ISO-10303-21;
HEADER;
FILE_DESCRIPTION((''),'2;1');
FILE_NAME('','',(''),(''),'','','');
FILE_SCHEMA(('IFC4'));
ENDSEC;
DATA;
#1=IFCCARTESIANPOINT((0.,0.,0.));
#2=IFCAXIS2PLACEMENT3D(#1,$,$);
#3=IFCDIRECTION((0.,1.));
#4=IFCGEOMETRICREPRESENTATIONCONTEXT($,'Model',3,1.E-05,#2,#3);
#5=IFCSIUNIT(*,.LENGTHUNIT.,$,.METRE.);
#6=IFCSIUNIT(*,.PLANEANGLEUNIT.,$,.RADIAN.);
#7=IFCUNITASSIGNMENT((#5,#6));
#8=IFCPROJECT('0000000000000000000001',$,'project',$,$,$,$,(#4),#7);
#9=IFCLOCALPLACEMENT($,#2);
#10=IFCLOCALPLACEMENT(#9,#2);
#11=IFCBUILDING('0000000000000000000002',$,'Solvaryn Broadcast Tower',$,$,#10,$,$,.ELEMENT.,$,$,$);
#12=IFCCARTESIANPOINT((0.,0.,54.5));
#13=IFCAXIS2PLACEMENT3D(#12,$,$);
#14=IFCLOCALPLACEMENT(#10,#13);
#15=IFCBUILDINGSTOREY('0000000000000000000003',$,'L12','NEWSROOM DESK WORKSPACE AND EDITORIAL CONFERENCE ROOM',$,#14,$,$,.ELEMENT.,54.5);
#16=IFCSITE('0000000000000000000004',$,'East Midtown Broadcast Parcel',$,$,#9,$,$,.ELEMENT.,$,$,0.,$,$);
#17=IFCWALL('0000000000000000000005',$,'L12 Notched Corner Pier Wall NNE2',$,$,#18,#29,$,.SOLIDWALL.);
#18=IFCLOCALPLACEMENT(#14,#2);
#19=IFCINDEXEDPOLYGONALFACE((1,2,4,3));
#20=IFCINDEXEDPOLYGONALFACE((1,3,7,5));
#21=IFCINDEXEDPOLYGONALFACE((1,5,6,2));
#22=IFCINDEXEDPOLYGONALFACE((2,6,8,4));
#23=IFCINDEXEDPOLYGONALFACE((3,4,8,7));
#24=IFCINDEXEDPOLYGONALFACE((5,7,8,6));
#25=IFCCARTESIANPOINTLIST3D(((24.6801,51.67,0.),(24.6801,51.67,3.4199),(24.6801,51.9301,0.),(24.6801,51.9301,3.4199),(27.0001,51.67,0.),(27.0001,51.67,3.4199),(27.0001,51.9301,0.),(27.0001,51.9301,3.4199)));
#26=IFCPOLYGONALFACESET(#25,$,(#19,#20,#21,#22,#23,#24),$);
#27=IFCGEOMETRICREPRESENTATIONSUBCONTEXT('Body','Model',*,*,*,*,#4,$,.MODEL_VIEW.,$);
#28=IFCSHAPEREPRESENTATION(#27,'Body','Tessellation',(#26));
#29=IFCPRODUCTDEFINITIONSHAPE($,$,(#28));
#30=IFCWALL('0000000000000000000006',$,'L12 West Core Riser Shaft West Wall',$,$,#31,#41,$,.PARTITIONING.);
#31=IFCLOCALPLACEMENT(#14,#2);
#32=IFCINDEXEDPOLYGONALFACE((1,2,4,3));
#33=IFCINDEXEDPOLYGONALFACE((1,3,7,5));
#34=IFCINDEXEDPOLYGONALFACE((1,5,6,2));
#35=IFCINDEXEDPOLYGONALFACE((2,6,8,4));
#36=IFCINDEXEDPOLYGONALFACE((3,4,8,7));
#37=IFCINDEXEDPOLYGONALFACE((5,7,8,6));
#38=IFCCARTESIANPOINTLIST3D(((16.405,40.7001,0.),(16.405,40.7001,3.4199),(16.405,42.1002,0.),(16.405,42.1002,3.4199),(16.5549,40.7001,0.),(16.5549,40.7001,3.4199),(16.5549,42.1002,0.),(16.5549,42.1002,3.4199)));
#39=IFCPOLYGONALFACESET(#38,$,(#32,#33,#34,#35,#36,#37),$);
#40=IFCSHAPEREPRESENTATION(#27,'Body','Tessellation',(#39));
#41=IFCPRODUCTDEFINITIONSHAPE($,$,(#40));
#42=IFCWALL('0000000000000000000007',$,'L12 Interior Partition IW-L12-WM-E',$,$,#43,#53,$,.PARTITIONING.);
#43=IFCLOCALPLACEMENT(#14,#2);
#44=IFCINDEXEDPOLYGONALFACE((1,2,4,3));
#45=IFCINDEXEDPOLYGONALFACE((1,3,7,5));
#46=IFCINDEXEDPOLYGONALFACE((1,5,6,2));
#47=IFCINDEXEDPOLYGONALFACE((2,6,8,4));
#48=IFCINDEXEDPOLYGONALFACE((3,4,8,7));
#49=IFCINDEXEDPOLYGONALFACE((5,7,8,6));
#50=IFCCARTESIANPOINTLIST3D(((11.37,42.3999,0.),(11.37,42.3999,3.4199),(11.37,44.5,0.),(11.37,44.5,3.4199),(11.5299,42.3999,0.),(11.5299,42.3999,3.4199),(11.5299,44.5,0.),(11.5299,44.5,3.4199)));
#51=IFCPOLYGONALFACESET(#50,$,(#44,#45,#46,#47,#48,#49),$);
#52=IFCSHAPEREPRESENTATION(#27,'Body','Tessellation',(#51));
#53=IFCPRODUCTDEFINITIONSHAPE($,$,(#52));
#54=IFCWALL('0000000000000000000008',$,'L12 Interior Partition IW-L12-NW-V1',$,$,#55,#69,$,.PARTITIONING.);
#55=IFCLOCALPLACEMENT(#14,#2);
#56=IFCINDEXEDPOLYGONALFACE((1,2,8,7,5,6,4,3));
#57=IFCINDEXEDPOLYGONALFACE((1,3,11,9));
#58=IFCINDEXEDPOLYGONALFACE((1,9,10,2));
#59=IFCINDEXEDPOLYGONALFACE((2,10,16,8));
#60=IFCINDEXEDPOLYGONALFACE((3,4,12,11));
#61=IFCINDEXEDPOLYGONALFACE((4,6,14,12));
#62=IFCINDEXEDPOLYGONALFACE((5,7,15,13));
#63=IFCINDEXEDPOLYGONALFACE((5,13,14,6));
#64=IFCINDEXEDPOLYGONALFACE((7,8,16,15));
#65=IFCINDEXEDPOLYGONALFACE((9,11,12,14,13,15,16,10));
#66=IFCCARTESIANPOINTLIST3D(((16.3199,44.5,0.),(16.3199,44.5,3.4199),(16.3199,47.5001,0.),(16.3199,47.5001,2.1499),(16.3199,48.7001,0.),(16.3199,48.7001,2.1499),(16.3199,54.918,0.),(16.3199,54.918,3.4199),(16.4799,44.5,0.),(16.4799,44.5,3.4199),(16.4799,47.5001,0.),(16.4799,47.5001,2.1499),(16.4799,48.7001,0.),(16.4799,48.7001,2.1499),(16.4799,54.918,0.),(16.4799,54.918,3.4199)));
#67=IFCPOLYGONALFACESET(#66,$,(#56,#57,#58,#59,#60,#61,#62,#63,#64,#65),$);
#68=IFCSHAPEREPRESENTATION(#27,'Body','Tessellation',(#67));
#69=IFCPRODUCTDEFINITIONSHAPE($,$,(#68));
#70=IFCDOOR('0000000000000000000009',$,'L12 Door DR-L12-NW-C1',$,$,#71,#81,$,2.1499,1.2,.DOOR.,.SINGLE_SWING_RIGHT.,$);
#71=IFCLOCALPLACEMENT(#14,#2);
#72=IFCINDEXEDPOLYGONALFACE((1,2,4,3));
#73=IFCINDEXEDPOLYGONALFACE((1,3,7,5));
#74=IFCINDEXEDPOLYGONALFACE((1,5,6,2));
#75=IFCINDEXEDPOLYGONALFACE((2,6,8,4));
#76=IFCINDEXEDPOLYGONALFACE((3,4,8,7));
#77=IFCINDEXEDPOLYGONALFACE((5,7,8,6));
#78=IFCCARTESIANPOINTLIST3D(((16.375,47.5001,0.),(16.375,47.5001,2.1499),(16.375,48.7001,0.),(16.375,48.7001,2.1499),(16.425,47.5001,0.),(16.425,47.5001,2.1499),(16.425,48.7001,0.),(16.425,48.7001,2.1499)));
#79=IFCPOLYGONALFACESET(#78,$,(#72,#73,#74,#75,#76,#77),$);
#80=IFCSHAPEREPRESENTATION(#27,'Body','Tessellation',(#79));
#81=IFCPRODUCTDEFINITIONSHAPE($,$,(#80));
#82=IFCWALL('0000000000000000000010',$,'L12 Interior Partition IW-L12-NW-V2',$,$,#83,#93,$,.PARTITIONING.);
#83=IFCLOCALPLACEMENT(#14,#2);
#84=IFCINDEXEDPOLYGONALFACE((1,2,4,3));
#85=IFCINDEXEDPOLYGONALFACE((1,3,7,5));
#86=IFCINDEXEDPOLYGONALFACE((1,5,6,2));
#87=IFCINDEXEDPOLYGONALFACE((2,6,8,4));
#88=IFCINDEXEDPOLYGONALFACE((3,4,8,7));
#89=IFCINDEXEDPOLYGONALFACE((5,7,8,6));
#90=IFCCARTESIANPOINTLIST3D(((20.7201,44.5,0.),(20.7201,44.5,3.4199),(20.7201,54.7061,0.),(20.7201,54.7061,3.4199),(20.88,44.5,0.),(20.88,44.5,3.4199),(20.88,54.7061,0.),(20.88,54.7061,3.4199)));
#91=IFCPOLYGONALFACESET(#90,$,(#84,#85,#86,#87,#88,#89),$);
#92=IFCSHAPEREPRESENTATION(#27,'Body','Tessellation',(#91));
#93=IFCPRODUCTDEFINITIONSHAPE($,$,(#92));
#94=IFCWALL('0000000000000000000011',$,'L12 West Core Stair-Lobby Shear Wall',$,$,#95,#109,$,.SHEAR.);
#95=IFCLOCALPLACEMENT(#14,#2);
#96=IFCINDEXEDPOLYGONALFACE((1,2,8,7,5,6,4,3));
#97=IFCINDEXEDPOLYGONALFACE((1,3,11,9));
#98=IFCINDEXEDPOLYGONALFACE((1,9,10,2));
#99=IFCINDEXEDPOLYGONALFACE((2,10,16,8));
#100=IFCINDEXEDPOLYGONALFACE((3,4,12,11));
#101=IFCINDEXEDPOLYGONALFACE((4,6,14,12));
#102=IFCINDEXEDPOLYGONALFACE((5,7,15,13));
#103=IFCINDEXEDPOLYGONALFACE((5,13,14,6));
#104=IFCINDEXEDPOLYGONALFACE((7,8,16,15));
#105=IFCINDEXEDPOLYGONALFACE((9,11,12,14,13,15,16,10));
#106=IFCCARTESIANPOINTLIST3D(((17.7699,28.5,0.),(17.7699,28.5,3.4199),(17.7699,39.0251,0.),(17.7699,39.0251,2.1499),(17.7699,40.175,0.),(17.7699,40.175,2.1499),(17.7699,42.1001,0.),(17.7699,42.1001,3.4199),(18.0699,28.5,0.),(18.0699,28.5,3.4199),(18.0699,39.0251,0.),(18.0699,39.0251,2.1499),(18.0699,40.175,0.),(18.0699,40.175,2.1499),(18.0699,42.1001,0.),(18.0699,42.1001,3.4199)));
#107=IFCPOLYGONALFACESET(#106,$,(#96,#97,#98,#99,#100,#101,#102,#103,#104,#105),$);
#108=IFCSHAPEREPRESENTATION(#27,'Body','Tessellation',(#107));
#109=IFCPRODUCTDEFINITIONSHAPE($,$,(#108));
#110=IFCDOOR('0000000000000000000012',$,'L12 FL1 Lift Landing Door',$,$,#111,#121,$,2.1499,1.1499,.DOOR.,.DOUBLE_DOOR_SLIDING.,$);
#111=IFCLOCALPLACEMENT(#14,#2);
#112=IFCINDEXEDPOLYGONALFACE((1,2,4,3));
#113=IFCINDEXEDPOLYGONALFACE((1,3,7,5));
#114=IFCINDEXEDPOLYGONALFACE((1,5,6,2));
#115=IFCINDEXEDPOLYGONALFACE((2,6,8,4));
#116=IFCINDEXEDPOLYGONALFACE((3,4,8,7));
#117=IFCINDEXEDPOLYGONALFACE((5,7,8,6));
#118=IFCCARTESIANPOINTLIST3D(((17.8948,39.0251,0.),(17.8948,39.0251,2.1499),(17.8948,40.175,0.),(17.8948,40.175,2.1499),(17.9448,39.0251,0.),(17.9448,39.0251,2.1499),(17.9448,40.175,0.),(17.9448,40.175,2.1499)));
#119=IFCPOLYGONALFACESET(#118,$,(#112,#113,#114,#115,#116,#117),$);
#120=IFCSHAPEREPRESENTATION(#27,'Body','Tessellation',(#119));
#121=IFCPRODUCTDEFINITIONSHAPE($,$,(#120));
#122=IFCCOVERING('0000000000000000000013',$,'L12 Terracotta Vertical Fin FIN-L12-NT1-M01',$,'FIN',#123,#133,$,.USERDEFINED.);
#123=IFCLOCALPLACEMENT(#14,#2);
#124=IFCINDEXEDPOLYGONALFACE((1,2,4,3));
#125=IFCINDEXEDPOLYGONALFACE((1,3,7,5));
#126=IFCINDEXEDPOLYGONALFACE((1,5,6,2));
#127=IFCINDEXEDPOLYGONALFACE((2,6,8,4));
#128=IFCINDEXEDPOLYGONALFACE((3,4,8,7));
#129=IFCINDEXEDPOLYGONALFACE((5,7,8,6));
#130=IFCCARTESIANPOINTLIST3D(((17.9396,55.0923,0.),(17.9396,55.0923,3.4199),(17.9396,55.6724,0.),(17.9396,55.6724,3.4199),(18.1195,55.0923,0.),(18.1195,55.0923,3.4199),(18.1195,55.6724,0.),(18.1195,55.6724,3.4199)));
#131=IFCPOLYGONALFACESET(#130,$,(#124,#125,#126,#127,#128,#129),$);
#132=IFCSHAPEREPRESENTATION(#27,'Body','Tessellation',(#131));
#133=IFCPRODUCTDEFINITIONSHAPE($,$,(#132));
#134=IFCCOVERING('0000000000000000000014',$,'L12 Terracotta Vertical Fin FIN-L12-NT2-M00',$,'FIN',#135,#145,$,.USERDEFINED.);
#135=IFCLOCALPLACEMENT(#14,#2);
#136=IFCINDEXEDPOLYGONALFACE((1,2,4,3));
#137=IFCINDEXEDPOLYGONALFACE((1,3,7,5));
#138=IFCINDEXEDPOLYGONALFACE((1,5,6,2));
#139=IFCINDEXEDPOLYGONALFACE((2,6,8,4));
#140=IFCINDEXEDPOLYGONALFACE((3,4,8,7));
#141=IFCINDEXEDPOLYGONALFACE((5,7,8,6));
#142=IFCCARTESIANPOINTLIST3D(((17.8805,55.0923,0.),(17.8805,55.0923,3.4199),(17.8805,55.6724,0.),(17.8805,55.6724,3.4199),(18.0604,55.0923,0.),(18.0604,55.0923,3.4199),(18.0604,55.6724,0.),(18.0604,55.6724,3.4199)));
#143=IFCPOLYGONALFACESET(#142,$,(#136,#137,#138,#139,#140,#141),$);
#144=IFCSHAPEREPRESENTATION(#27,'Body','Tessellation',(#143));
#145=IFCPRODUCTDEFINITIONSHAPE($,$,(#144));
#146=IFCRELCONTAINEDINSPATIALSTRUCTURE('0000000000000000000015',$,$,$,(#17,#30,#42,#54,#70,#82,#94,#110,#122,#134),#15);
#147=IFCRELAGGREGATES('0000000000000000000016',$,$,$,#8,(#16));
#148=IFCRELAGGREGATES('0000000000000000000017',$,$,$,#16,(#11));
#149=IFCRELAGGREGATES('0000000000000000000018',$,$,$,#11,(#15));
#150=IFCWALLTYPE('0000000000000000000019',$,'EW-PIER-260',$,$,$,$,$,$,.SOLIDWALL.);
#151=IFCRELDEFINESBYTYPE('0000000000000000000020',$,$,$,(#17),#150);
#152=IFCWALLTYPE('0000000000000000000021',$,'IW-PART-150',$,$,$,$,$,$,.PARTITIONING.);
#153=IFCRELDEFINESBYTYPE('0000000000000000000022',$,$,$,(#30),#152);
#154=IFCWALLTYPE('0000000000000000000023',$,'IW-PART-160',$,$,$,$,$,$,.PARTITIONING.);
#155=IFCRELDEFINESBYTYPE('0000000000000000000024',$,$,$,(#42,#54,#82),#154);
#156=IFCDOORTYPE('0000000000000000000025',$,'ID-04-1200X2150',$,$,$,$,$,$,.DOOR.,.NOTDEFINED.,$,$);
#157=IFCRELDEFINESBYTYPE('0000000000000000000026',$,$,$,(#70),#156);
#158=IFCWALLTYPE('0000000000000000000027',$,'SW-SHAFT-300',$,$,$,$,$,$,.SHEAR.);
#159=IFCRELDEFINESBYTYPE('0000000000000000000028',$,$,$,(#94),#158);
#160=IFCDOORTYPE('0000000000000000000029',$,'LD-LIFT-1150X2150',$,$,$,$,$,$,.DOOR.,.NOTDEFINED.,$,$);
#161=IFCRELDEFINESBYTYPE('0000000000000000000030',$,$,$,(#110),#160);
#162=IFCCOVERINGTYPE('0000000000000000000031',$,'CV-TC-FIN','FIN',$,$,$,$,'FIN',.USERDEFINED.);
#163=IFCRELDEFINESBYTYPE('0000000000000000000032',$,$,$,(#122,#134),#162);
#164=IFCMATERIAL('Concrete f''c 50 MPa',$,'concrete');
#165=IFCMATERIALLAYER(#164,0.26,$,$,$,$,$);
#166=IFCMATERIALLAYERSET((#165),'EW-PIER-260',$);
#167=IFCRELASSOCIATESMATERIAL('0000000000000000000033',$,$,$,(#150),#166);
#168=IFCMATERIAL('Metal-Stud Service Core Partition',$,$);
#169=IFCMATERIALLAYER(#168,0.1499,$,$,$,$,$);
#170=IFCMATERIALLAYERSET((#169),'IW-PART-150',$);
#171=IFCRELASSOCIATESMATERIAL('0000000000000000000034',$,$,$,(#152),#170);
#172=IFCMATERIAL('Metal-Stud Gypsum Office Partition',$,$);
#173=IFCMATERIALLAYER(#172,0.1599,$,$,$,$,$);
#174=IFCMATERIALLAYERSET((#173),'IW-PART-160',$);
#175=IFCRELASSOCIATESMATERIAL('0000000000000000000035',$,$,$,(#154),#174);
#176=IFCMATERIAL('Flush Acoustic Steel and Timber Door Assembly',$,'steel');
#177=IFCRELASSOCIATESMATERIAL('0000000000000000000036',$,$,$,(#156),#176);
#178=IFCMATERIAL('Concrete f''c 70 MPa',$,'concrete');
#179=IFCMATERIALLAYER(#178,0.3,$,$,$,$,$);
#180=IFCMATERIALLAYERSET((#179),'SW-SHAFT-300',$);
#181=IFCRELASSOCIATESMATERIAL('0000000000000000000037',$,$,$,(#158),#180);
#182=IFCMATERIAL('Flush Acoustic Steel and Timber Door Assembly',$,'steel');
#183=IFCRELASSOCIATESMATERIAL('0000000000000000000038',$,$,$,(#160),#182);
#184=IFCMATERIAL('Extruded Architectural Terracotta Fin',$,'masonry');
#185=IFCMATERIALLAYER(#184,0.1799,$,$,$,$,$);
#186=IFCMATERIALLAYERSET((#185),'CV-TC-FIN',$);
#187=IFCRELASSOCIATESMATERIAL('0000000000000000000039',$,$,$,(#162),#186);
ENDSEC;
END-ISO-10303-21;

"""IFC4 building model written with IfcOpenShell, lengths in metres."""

from ifc_helpers import new_model, si_unit, direction, frame, frame_2d, origin, origin_2d, place, context, subcontext, project, spatial, rectangle, extrude, material, layer, layer_set, type_object, element, fill, save


model = new_model("IFC4")

# Units and contexts
model_context = context("Model", 3, precision=1e-05, world=origin(), true_north=direction((0.0, 1.0)))
body_context = subcontext(model_context, "Body", "Model", "MODEL_VIEW")
ifc_project = project(units=[si_unit("LENGTHUNIT", "METRE"), si_unit("PLANEANGLEUNIT", "RADIAN")], contexts=[model_context])

# Site, building, storey
site_placement = place(None, origin())
site = spatial("IfcSite", under=ifc_project, at=site_placement, Name="East Midtown Broadcast Parcel", CompositionType="ELEMENT", RefElevation=0.0)
building_placement = place(site_placement, origin())
building = spatial("IfcBuilding", under=site, at=building_placement, Name="Solvaryn Broadcast Tower", CompositionType="ELEMENT")
storey_placement = place(building_placement, frame((0.0, 0.0, 54.5)))
storey = spatial("IfcBuildingStorey", under=building, at=storey_placement, Name="L12", Description="NEWSROOM DESK WORKSPACE AND EDITORIAL CONFERENCE ROOM", CompositionType="ELEMENT", Elevation=54.5)

# Walls
ifc_material_1 = material(Name="Concrete f'c 50 MPa", Category="concrete")
ifc_layer_1 = layer(ifc_material_1, 0.26)
ifc_layer_set_1 = layer_set([ifc_layer_1], Name="EW-PIER-260")
wall_type_1 = type_object("IfcWallType", Name="EW-PIER-260", PredefinedType="SOLIDWALL", material=ifc_layer_set_1)
wall_1_placement = place(storey_placement, frame((24.6799, 51.8, 0.0), z_axis=(0.0, 0.0, 1.0), x_axis=(1.0, 0.0, 0.0)))
element("IfcWall", 1, at=wall_1_placement, inside=storey, type_object=wall_type_1, Name="L12 Notched Corner Pier Wall NNE2", PredefinedType="SOLIDWALL", context=body_context, shape_type="SweptSolid", body=[
    extrude(rectangle(XDim=2.3201, YDim=0.26, at=frame_2d((1.1602, 0.0))), origin(), (0.0, 0.0, 1.0), 3.4199),
])
ifc_material_2 = material(Name="Metal-Stud Service Core Partition")
ifc_layer_2 = layer(ifc_material_2, 0.1499)
ifc_layer_set_2 = layer_set([ifc_layer_2], Name="IW-PART-150")
wall_type_2 = type_object("IfcWallType", Name="IW-PART-150", PredefinedType="PARTITIONING", material=ifc_layer_set_2)
wall_2_placement = place(storey_placement, frame((16.48, 40.7, 0.0), z_axis=(0.0, 0.0, 1.0), x_axis=(0.0, 1.0, 0.0)))
element("IfcWall", 2, at=wall_2_placement, inside=storey, type_object=wall_type_2, Name="L12 West Core Riser Shaft West Wall", PredefinedType="PARTITIONING", context=body_context, shape_type="SweptSolid", body=[
    extrude(rectangle(XDim=1.4001, YDim=0.1499, at=frame_2d((0.7002, 0.0))), origin(), (0.0, 0.0, 1.0), 3.4199),
])
ifc_material_3 = material(Name="Metal-Stud Gypsum Office Partition")
ifc_layer_3 = layer(ifc_material_3, 0.1599)
ifc_layer_set_3 = layer_set([ifc_layer_3], Name="IW-PART-160")
wall_type_3 = type_object("IfcWallType", Name="IW-PART-160", PredefinedType="PARTITIONING", material=ifc_layer_set_3)
wall_3_placement = place(storey_placement, frame((11.45, 42.3999, 0.0), z_axis=(0.0, 0.0, 1.0), x_axis=(0.0, 1.0, 0.0)))
element("IfcWall", 3, at=wall_3_placement, inside=storey, type_object=wall_type_3, Name="L12 Interior Partition IW-L12-WM-E", PredefinedType="PARTITIONING", context=body_context, shape_type="SweptSolid", body=[
    extrude(rectangle(XDim=2.1001, YDim=0.1599, at=frame_2d((1.05, 0.0))), origin(), (0.0, 0.0, 1.0), 3.4199),
])

# Wall, opening, door
wall_4_placement = place(storey_placement, frame((16.3999, 44.5, 0.0), z_axis=(0.0, 0.0, 1.0), x_axis=(0.0, 1.0, 0.0)))
wall_4 = element("IfcWall", 4, at=wall_4_placement, inside=storey, type_object=wall_type_3, Name="L12 Interior Partition IW-L12-NW-V1", PredefinedType="PARTITIONING", context=body_context, shape_type="SweptSolid", body=[
    extrude(rectangle(XDim=10.418, YDim=0.1599, at=frame_2d((5.209, 0.0))), origin(), (0.0, 0.0, 1.0), 3.4199),
])
opening_1_placement = place(wall_4_placement, frame((3.0, 0.0, 0.0)))
opening_1 = element("IfcOpeningElement", 5, at=opening_1_placement, cuts=wall_4, PredefinedType="OPENING", context=body_context, shape_type="SweptSolid", body=[
    extrude(rectangle(XDim=1.2, YDim=2.1499, at=frame_2d((0.6001, 1.075))), frame((0.0, 0.0901, 0.0), z_axis=(0.0, -1.0, 0.0), x_axis=(1.0, 0.0, 0.0)), (0.0, 0.0, 1.0), 0.1799),
])
ifc_material_4 = material(Name="Flush Acoustic Steel and Timber Door Assembly", Category="steel")
door_type_1 = type_object("IfcDoorType", Name="ID-04-1200X2150", OperationType="NOTDEFINED", PredefinedType="DOOR", material=ifc_material_4)
door_1_placement = place(opening_1_placement, origin())
door_1 = element("IfcDoor", 6, at=door_1_placement, inside=storey, type_object=door_type_1, Name="L12 Door DR-L12-NW-C1", OperationType="SINGLE_SWING_RIGHT", OverallHeight=2.1499, OverallWidth=1.2, PredefinedType="DOOR", context=body_context, shape_type="SweptSolid", body=[
    extrude(rectangle(XDim=1.2, YDim=2.1499, at=frame_2d((0.6001, 1.075))), frame((0.0, 0.0249, 0.0), z_axis=(0.0, -1.0, 0.0), x_axis=(1.0, 0.0, 0.0)), (0.0, 0.0, 1.0), 0.05),
])
fill(opening_1, door_1)

# Wall
wall_5_placement = place(storey_placement, frame((20.8, 44.5, 0.0), z_axis=(0.0, 0.0, 1.0), x_axis=(0.0, 1.0, 0.0)))
element("IfcWall", 7, at=wall_5_placement, inside=storey, type_object=wall_type_3, Name="L12 Interior Partition IW-L12-NW-V2", PredefinedType="PARTITIONING", context=body_context, shape_type="SweptSolid", body=[
    extrude(rectangle(XDim=10.2061, YDim=0.1599, at=frame_2d((5.103, 0.0))), origin(), (0.0, 0.0, 1.0), 3.4199),
])

# Wall, opening, door
ifc_material_5 = material(Name="Concrete f'c 70 MPa", Category="concrete")
ifc_layer_4 = layer(ifc_material_5, 0.3)
ifc_layer_set_4 = layer_set([ifc_layer_4], Name="SW-SHAFT-300")
wall_type_4 = type_object("IfcWallType", Name="SW-SHAFT-300", PredefinedType="SHEAR", material=ifc_layer_set_4)
wall_6_placement = place(storey_placement, frame((17.9199, 42.1001, 0.0), z_axis=(0.0, 0.0, 1.0), x_axis=(0.0, -1.0, 0.0)))
wall_6 = element("IfcWall", 8, at=wall_6_placement, inside=storey, type_object=wall_type_4, Name="L12 West Core Stair-Lobby Shear Wall", PredefinedType="SHEAR", context=body_context, shape_type="SweptSolid", body=[
    extrude(rectangle(XDim=13.6001, YDim=0.3, at=frame_2d((6.8, 0.0))), origin(), (0.0, 0.0, 1.0), 3.4199),
])
opening_2_placement = place(wall_6_placement, frame((1.925, 0.0, 0.0)))
opening_2 = element("IfcOpeningElement", 9, at=opening_2_placement, cuts=wall_6, PredefinedType="OPENING", context=body_context, shape_type="SweptSolid", body=[
    extrude(rectangle(XDim=1.1499, YDim=2.1499, at=frame_2d((0.575, 1.075))), frame((0.0, 0.1599, 0.0), z_axis=(0.0, -1.0, 0.0), x_axis=(1.0, 0.0, 0.0)), (0.0, 0.0, 1.0), 0.3201),
])
ifc_material_6 = material(Name="Flush Acoustic Steel and Timber Door Assembly", Category="steel")
door_type_2 = type_object("IfcDoorType", Name="LD-LIFT-1150X2150", OperationType="NOTDEFINED", PredefinedType="DOOR", material=ifc_material_6)
door_2_placement = place(opening_2_placement, origin())
door_2 = element("IfcDoor", 10, at=door_2_placement, inside=storey, type_object=door_type_2, Name="L12 FL1 Lift Landing Door", OperationType="DOUBLE_DOOR_SLIDING", OverallHeight=2.1499, OverallWidth=1.1499, PredefinedType="DOOR", context=body_context, shape_type="SweptSolid", body=[
    extrude(rectangle(XDim=1.1499, YDim=2.1499, at=frame_2d((0.575, 1.075))), frame((0.0, 0.0249, 0.0), z_axis=(0.0, -1.0, 0.0), x_axis=(1.0, 0.0, 0.0)), (0.0, 0.0, 1.0), 0.05),
])
fill(opening_2, door_2)

# Coverings
ifc_material_7 = material(Name="Extruded Architectural Terracotta Fin", Category="masonry")
ifc_layer_5 = layer(ifc_material_7, 0.1799)
ifc_layer_set_5 = layer_set([ifc_layer_5], Name="CV-TC-FIN")
covering_type = type_object("IfcCoveringType", Name="CV-TC-FIN", Description="FIN", ElementType="FIN", PredefinedType="USERDEFINED", material=ifc_layer_set_5)
for number, where, z_axis, x_axis, name in (
    (11, (18.0295, 55.3823, 0.0), (0.0, 0.0, 1.0), (1.0, 0.0, 0.0), "L12 Terracotta Vertical Fin FIN-L12-NT1-M01"),
    (12, (17.9705, 55.3823, 0.0), (0.0, 0.0, 1.0), (1.0, 0.0, 0.0), "L12 Terracotta Vertical Fin FIN-L12-NT2-M00"),
):
    element("IfcCovering", number, at=place(storey_placement, frame(where, z_axis=z_axis, x_axis=x_axis)), inside=storey, type_object=covering_type, Name=name, ObjectType="FIN", PredefinedType="USERDEFINED", context=body_context, shape_type="SweptSolid", body=[
        extrude(rectangle(XDim=0.1799, YDim=0.5801, at=origin_2d()), origin(), (0.0, 0.0, 1.0), 3.4199),
    ])

save(model, "model.ifc")
